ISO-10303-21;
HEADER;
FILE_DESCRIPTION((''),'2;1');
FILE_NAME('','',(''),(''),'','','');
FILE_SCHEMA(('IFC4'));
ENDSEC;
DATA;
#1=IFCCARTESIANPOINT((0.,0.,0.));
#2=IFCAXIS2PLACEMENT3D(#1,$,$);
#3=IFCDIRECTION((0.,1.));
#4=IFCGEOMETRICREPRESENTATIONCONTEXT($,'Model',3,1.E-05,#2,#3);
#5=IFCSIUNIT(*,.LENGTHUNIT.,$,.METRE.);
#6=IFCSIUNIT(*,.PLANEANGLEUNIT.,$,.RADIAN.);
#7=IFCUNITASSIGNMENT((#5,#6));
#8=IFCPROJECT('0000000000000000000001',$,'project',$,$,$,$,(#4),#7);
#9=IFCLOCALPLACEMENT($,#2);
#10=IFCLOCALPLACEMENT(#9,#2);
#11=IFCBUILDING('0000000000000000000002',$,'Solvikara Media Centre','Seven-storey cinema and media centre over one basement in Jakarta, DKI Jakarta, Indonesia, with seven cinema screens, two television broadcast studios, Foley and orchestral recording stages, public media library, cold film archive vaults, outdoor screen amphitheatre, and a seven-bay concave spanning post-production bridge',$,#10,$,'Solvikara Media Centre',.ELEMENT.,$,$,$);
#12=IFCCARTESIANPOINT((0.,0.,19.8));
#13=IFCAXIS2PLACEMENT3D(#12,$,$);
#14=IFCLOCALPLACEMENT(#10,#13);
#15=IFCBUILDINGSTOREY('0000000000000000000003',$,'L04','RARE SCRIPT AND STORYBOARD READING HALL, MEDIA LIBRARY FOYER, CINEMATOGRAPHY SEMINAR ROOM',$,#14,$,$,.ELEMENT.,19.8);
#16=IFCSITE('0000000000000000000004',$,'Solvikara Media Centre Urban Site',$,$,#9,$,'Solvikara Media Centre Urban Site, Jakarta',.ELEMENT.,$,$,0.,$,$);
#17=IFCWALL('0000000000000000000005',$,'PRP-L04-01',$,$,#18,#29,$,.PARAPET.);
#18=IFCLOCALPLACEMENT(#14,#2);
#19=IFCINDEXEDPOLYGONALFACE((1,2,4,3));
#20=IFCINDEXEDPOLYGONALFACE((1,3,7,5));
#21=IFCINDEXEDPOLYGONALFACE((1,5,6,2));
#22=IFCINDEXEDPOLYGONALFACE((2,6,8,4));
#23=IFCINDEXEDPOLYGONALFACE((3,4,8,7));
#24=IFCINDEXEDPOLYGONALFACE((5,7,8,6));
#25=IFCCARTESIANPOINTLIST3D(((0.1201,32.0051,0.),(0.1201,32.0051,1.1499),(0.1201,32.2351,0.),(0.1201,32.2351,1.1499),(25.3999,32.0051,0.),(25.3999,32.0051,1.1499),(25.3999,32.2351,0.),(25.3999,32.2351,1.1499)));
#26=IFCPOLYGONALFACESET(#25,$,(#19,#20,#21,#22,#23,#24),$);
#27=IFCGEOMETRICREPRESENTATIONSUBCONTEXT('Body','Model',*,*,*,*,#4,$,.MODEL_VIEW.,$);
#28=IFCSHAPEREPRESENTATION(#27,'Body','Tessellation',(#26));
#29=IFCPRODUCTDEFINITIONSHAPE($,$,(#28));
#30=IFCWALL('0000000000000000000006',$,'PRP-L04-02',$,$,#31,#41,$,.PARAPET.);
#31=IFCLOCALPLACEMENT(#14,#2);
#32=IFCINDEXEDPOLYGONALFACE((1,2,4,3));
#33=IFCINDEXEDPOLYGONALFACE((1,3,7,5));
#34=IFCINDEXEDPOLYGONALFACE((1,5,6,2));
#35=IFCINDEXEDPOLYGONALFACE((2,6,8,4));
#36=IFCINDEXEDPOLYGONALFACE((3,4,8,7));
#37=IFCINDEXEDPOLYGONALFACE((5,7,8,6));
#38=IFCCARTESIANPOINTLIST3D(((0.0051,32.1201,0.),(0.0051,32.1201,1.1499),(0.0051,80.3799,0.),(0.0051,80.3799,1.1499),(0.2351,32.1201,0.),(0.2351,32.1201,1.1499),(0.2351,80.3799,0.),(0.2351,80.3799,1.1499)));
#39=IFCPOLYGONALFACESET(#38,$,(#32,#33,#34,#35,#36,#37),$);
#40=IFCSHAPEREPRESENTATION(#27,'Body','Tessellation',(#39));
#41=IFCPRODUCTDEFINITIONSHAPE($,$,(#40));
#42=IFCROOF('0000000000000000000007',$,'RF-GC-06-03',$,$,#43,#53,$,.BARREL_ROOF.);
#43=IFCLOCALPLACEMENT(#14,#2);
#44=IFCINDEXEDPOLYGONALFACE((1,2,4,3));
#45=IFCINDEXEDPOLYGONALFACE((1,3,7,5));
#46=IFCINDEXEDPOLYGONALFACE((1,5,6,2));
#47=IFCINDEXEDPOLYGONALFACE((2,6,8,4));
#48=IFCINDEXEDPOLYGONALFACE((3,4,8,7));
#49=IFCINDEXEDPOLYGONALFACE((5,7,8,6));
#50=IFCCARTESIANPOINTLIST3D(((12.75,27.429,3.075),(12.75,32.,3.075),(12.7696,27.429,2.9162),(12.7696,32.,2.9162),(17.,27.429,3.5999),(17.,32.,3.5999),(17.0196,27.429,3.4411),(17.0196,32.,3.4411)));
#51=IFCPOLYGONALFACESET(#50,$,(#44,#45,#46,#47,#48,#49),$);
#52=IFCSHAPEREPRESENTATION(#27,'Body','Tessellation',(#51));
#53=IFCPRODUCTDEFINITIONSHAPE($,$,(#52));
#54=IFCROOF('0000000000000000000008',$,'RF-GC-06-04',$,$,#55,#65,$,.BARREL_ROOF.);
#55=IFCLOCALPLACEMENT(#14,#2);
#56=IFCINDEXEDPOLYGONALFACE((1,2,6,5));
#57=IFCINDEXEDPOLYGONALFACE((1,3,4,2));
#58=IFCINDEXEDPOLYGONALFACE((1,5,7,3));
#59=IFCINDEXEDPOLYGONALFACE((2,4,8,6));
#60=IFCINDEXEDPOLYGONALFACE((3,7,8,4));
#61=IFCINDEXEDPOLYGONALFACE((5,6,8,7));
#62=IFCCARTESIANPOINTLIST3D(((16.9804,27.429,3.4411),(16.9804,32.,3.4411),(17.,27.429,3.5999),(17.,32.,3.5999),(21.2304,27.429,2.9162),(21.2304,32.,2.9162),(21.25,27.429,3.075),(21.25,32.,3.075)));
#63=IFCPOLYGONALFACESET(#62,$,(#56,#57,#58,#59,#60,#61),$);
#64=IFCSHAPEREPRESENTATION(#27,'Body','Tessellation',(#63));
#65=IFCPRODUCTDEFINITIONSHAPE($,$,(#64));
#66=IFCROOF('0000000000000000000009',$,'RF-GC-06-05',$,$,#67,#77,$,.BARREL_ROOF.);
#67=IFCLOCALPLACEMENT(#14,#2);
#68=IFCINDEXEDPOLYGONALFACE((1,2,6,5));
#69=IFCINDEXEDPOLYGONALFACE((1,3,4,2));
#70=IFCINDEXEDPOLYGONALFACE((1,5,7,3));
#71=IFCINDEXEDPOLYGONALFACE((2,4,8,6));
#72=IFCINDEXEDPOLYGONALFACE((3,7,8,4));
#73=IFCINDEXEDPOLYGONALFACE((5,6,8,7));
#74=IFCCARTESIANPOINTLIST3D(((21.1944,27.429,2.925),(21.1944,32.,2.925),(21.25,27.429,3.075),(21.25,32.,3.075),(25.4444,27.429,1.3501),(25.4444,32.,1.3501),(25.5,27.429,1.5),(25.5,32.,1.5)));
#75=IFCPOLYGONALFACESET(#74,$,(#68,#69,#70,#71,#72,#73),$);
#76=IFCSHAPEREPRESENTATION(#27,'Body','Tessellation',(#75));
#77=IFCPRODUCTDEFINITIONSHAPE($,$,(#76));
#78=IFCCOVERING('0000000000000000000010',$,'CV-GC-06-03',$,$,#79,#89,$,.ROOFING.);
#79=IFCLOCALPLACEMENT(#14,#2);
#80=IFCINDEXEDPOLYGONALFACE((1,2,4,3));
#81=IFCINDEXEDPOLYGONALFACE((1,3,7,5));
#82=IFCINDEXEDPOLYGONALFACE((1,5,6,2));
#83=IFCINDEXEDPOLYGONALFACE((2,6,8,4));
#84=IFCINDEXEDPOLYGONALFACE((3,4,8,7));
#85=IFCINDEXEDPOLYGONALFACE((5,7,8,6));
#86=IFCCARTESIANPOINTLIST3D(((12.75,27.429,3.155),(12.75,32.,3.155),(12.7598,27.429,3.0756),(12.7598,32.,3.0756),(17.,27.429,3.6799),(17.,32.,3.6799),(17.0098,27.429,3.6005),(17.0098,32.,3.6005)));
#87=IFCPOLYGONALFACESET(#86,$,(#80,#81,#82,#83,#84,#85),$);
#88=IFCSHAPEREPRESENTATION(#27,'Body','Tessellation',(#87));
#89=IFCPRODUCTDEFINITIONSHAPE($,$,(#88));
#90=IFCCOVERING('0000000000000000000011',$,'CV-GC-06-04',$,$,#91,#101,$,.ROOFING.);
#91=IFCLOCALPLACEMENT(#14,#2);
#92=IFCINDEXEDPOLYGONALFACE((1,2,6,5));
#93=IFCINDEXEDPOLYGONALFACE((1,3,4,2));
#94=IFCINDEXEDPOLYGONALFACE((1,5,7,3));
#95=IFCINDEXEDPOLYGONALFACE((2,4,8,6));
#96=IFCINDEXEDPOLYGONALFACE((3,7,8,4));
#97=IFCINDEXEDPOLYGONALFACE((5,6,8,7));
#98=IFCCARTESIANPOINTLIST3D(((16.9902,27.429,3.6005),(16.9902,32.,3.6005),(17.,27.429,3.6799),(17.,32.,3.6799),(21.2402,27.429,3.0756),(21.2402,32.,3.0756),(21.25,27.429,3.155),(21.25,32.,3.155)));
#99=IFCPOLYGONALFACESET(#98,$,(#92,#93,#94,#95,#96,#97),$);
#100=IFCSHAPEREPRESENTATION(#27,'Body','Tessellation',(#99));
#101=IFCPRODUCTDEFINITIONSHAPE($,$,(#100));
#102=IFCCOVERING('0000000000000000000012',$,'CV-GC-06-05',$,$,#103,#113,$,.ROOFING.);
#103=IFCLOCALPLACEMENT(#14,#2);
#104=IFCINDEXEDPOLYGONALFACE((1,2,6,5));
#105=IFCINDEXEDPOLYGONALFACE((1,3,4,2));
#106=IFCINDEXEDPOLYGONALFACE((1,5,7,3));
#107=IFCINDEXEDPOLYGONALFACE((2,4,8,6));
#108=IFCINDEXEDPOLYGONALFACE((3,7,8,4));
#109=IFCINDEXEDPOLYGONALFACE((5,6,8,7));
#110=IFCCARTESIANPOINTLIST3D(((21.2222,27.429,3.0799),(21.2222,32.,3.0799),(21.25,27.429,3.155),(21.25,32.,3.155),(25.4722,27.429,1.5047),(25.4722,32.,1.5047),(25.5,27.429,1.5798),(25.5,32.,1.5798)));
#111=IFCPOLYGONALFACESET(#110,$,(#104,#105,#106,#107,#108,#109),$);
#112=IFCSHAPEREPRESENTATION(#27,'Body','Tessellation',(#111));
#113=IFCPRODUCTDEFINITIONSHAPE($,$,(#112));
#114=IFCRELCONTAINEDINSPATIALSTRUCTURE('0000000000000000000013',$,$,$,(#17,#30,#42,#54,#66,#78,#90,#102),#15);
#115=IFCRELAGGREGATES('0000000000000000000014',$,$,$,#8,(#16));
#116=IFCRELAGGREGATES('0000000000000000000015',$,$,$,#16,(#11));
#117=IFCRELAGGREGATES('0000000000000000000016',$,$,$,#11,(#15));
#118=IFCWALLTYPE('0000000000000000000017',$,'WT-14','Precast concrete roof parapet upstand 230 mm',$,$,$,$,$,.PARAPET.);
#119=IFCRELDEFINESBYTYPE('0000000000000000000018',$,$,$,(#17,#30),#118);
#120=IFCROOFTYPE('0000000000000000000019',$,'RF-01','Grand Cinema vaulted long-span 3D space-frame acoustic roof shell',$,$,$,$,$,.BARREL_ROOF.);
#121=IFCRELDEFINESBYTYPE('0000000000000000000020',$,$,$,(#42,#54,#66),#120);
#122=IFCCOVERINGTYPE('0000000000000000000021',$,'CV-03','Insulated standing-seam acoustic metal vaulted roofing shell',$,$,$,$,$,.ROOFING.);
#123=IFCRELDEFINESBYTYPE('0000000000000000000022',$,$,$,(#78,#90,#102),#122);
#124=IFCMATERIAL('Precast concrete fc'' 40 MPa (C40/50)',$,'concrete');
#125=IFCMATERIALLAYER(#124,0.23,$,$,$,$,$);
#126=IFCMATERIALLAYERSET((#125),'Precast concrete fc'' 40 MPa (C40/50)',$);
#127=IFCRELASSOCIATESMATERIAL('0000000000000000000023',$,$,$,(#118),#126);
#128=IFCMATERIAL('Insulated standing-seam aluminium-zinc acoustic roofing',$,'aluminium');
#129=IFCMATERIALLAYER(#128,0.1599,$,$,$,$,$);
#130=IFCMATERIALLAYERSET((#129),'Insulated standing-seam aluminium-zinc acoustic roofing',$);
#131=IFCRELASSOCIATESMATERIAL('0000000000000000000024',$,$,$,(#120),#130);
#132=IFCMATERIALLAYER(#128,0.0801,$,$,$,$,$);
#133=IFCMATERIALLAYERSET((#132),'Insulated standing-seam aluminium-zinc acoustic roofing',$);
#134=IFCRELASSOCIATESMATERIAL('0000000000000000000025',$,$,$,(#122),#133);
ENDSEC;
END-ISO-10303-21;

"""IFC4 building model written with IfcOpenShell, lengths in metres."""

from ifc_helpers import new_model, si_unit, direction, frame, frame_2d, origin, place, context, subcontext, project, spatial, polyline, rectangle, outline, extrude, material, layer, layer_set, type_object, element, save


model = new_model("IFC4")

# Units and contexts
model_context = context("Model", 3, precision=1e-05, world=origin(), true_north=direction((0.0, 1.0)))
body_context = subcontext(model_context, "Body", "Model", "MODEL_VIEW")
ifc_project = project(units=[si_unit("LENGTHUNIT", "METRE"), si_unit("PLANEANGLEUNIT", "RADIAN")], contexts=[model_context])

# Site, building, storey
site_placement = place(None, origin())
site = spatial("IfcSite", under=ifc_project, at=site_placement, Name="Solvikara Media Centre Urban Site", LongName="Solvikara Media Centre Urban Site, Jakarta", CompositionType="ELEMENT", RefElevation=0.0)
building_placement = place(site_placement, origin())
building = spatial("IfcBuilding", under=site, at=building_placement, Name="Solvikara Media Centre", Description="Seven-storey cinema and media centre over one basement in Jakarta, DKI Jakarta, Indonesia, with seven cinema screens, two television broadcast studios, Foley and orchestral recording stages, public media library, cold film archive vaults, outdoor screen amphitheatre, and a seven-bay concave spanning post-production bridge", LongName="Solvikara Media Centre", CompositionType="ELEMENT")
storey_placement = place(building_placement, frame((0.0, 0.0, 19.8)))
storey = spatial("IfcBuildingStorey", under=building, at=storey_placement, Name="L04", Description="RARE SCRIPT AND STORYBOARD READING HALL, MEDIA LIBRARY FOYER, CINEMATOGRAPHY SEMINAR ROOM", CompositionType="ELEMENT", Elevation=19.8)

# Walls
ifc_material_1 = material(Name="Precast concrete fc' 40 MPa (C40/50)", Category="concrete")
ifc_layer_1 = layer(ifc_material_1, 0.23)
ifc_layer_set_1 = layer_set([ifc_layer_1], Name="Precast concrete fc' 40 MPa (C40/50)")
wall_type = type_object("IfcWallType", Name="WT-14", Description="Precast concrete roof parapet upstand 230 mm", PredefinedType="PARAPET", material=ifc_layer_set_1)
wall_1_placement = place(storey_placement, frame((0.1201, 32.1201, 0.0), z_axis=(0.0, 0.0, 1.0), x_axis=(1.0, 0.0, 0.0)))
element("IfcWall", 1, at=wall_1_placement, inside=storey, type_object=wall_type, Name="PRP-L04-01", PredefinedType="PARAPET", context=body_context, shape_type="SweptSolid", body=[
    extrude(rectangle(XDim=25.2798, YDim=0.23, at=frame_2d((12.6399, 0.0))), origin(), (0.0, 0.0, 1.0), 1.1499),
])
wall_2_placement = place(storey_placement, frame((0.1201, 32.1201, 0.0), z_axis=(0.0, 0.0, 1.0), x_axis=(0.0, 1.0, 0.0)))
element("IfcWall", 2, at=wall_2_placement, inside=storey, type_object=wall_type, Name="PRP-L04-02", PredefinedType="PARAPET", context=body_context, shape_type="SweptSolid", body=[
    extrude(rectangle(XDim=48.2598, YDim=0.23, at=frame_2d((24.1299, 0.0))), origin(), (0.0, 0.0, 1.0), 1.1499),
])

# Roofs
ifc_material_2 = material(Name="Insulated standing-seam aluminium-zinc acoustic roofing", Category="aluminium")
ifc_layer_2 = layer(ifc_material_2, 0.1599)
ifc_layer_set_2 = layer_set([ifc_layer_2], Name="Insulated standing-seam aluminium-zinc acoustic roofing")
roof_type = type_object("IfcRoofType", Name="RF-01", Description="Grand Cinema vaulted long-span 3D space-frame acoustic roof shell", PredefinedType="BARREL_ROOF", material=ifc_layer_set_2)
for number, where, z_axis, x_axis, name in (
    (3, (12.75, 27.429, 3.075), (-0.122575, 0.0, 0.992459), (0.992459, 0.0, 0.122575), "RF-GC-06-03"),
    (4, (17.0, 27.429, 3.5999), (0.122575, 0.0, 0.992459), (0.992459, 0.0, -0.122575), "RF-GC-06-04"),
):
    element("IfcRoof", number, at=place(storey_placement, frame(where, z_axis=z_axis, x_axis=x_axis)), inside=storey, type_object=roof_type, Name=name, PredefinedType="BARREL_ROOF", context=body_context, shape_type="SweptSolid", body=[
        extrude(outline(polyline([(0.0, 0.0), (4.2823, 0.0), (4.2823, 4.571), (0.0, 4.571), (0.0, 0.0)])), origin(), (0.0, 0.0, -1.0), 0.1599),
    ])
roof_placement = place(storey_placement, frame((21.25, 27.429, 3.075), z_axis=(0.347485, 0.0, 0.937686), x_axis=(0.937686, 0.0, -0.347485)))
element("IfcRoof", 5, at=roof_placement, inside=storey, type_object=roof_type, Name="RF-GC-06-05", PredefinedType="BARREL_ROOF", context=body_context, shape_type="SweptSolid", body=[
    extrude(outline(polyline([(0.0, 0.0), (4.5324, 0.0), (4.5324, 4.571), (0.0, 4.571), (0.0, 0.0)])), origin(), (0.0, 0.0, -1.0), 0.1599),
])

# Coverings
ifc_layer_3 = layer(ifc_material_2, 0.0801)
ifc_layer_set_3 = layer_set([ifc_layer_3], Name="Insulated standing-seam aluminium-zinc acoustic roofing")
covering_type = type_object("IfcCoveringType", Name="CV-03", Description="Insulated standing-seam acoustic metal vaulted roofing shell", PredefinedType="ROOFING", material=ifc_layer_set_3)
for number, where, z_axis, x_axis, name in (
    (6, (12.75, 27.429, 3.155), (-0.122575, 0.0, 0.992459), (0.992459, 0.0, 0.122575), "CV-GC-06-03"),
    (7, (17.0, 27.429, 3.6799), (0.122575, 0.0, 0.992459), (0.992459, 0.0, -0.122575), "CV-GC-06-04"),
):
    element("IfcCovering", number, at=place(storey_placement, frame(where, z_axis=z_axis, x_axis=x_axis)), inside=storey, type_object=covering_type, Name=name, PredefinedType="ROOFING", context=body_context, shape_type="SweptSolid", body=[
        extrude(outline(polyline([(0.0, 0.0), (4.2823, 0.0), (4.2823, 4.571), (0.0, 4.571), (0.0, 0.0)])), origin(), (0.0, 0.0, -1.0), 0.0801),
    ])
covering_placement = place(storey_placement, frame((21.25, 27.429, 3.155), z_axis=(0.347532, 0.0, 0.937668), x_axis=(0.937668, 0.0, -0.347532)))
element("IfcCovering", 8, at=covering_placement, inside=storey, type_object=covering_type, Name="CV-GC-06-05", PredefinedType="ROOFING", context=body_context, shape_type="SweptSolid", body=[
    extrude(outline(polyline([(0.0, 0.0), (4.5325, 0.0), (4.5325, 4.571), (0.0, 4.571), (0.0, 0.0)])), origin(), (0.0, 0.0, -1.0), 0.0801),
])

save(model, "model.ifc")
